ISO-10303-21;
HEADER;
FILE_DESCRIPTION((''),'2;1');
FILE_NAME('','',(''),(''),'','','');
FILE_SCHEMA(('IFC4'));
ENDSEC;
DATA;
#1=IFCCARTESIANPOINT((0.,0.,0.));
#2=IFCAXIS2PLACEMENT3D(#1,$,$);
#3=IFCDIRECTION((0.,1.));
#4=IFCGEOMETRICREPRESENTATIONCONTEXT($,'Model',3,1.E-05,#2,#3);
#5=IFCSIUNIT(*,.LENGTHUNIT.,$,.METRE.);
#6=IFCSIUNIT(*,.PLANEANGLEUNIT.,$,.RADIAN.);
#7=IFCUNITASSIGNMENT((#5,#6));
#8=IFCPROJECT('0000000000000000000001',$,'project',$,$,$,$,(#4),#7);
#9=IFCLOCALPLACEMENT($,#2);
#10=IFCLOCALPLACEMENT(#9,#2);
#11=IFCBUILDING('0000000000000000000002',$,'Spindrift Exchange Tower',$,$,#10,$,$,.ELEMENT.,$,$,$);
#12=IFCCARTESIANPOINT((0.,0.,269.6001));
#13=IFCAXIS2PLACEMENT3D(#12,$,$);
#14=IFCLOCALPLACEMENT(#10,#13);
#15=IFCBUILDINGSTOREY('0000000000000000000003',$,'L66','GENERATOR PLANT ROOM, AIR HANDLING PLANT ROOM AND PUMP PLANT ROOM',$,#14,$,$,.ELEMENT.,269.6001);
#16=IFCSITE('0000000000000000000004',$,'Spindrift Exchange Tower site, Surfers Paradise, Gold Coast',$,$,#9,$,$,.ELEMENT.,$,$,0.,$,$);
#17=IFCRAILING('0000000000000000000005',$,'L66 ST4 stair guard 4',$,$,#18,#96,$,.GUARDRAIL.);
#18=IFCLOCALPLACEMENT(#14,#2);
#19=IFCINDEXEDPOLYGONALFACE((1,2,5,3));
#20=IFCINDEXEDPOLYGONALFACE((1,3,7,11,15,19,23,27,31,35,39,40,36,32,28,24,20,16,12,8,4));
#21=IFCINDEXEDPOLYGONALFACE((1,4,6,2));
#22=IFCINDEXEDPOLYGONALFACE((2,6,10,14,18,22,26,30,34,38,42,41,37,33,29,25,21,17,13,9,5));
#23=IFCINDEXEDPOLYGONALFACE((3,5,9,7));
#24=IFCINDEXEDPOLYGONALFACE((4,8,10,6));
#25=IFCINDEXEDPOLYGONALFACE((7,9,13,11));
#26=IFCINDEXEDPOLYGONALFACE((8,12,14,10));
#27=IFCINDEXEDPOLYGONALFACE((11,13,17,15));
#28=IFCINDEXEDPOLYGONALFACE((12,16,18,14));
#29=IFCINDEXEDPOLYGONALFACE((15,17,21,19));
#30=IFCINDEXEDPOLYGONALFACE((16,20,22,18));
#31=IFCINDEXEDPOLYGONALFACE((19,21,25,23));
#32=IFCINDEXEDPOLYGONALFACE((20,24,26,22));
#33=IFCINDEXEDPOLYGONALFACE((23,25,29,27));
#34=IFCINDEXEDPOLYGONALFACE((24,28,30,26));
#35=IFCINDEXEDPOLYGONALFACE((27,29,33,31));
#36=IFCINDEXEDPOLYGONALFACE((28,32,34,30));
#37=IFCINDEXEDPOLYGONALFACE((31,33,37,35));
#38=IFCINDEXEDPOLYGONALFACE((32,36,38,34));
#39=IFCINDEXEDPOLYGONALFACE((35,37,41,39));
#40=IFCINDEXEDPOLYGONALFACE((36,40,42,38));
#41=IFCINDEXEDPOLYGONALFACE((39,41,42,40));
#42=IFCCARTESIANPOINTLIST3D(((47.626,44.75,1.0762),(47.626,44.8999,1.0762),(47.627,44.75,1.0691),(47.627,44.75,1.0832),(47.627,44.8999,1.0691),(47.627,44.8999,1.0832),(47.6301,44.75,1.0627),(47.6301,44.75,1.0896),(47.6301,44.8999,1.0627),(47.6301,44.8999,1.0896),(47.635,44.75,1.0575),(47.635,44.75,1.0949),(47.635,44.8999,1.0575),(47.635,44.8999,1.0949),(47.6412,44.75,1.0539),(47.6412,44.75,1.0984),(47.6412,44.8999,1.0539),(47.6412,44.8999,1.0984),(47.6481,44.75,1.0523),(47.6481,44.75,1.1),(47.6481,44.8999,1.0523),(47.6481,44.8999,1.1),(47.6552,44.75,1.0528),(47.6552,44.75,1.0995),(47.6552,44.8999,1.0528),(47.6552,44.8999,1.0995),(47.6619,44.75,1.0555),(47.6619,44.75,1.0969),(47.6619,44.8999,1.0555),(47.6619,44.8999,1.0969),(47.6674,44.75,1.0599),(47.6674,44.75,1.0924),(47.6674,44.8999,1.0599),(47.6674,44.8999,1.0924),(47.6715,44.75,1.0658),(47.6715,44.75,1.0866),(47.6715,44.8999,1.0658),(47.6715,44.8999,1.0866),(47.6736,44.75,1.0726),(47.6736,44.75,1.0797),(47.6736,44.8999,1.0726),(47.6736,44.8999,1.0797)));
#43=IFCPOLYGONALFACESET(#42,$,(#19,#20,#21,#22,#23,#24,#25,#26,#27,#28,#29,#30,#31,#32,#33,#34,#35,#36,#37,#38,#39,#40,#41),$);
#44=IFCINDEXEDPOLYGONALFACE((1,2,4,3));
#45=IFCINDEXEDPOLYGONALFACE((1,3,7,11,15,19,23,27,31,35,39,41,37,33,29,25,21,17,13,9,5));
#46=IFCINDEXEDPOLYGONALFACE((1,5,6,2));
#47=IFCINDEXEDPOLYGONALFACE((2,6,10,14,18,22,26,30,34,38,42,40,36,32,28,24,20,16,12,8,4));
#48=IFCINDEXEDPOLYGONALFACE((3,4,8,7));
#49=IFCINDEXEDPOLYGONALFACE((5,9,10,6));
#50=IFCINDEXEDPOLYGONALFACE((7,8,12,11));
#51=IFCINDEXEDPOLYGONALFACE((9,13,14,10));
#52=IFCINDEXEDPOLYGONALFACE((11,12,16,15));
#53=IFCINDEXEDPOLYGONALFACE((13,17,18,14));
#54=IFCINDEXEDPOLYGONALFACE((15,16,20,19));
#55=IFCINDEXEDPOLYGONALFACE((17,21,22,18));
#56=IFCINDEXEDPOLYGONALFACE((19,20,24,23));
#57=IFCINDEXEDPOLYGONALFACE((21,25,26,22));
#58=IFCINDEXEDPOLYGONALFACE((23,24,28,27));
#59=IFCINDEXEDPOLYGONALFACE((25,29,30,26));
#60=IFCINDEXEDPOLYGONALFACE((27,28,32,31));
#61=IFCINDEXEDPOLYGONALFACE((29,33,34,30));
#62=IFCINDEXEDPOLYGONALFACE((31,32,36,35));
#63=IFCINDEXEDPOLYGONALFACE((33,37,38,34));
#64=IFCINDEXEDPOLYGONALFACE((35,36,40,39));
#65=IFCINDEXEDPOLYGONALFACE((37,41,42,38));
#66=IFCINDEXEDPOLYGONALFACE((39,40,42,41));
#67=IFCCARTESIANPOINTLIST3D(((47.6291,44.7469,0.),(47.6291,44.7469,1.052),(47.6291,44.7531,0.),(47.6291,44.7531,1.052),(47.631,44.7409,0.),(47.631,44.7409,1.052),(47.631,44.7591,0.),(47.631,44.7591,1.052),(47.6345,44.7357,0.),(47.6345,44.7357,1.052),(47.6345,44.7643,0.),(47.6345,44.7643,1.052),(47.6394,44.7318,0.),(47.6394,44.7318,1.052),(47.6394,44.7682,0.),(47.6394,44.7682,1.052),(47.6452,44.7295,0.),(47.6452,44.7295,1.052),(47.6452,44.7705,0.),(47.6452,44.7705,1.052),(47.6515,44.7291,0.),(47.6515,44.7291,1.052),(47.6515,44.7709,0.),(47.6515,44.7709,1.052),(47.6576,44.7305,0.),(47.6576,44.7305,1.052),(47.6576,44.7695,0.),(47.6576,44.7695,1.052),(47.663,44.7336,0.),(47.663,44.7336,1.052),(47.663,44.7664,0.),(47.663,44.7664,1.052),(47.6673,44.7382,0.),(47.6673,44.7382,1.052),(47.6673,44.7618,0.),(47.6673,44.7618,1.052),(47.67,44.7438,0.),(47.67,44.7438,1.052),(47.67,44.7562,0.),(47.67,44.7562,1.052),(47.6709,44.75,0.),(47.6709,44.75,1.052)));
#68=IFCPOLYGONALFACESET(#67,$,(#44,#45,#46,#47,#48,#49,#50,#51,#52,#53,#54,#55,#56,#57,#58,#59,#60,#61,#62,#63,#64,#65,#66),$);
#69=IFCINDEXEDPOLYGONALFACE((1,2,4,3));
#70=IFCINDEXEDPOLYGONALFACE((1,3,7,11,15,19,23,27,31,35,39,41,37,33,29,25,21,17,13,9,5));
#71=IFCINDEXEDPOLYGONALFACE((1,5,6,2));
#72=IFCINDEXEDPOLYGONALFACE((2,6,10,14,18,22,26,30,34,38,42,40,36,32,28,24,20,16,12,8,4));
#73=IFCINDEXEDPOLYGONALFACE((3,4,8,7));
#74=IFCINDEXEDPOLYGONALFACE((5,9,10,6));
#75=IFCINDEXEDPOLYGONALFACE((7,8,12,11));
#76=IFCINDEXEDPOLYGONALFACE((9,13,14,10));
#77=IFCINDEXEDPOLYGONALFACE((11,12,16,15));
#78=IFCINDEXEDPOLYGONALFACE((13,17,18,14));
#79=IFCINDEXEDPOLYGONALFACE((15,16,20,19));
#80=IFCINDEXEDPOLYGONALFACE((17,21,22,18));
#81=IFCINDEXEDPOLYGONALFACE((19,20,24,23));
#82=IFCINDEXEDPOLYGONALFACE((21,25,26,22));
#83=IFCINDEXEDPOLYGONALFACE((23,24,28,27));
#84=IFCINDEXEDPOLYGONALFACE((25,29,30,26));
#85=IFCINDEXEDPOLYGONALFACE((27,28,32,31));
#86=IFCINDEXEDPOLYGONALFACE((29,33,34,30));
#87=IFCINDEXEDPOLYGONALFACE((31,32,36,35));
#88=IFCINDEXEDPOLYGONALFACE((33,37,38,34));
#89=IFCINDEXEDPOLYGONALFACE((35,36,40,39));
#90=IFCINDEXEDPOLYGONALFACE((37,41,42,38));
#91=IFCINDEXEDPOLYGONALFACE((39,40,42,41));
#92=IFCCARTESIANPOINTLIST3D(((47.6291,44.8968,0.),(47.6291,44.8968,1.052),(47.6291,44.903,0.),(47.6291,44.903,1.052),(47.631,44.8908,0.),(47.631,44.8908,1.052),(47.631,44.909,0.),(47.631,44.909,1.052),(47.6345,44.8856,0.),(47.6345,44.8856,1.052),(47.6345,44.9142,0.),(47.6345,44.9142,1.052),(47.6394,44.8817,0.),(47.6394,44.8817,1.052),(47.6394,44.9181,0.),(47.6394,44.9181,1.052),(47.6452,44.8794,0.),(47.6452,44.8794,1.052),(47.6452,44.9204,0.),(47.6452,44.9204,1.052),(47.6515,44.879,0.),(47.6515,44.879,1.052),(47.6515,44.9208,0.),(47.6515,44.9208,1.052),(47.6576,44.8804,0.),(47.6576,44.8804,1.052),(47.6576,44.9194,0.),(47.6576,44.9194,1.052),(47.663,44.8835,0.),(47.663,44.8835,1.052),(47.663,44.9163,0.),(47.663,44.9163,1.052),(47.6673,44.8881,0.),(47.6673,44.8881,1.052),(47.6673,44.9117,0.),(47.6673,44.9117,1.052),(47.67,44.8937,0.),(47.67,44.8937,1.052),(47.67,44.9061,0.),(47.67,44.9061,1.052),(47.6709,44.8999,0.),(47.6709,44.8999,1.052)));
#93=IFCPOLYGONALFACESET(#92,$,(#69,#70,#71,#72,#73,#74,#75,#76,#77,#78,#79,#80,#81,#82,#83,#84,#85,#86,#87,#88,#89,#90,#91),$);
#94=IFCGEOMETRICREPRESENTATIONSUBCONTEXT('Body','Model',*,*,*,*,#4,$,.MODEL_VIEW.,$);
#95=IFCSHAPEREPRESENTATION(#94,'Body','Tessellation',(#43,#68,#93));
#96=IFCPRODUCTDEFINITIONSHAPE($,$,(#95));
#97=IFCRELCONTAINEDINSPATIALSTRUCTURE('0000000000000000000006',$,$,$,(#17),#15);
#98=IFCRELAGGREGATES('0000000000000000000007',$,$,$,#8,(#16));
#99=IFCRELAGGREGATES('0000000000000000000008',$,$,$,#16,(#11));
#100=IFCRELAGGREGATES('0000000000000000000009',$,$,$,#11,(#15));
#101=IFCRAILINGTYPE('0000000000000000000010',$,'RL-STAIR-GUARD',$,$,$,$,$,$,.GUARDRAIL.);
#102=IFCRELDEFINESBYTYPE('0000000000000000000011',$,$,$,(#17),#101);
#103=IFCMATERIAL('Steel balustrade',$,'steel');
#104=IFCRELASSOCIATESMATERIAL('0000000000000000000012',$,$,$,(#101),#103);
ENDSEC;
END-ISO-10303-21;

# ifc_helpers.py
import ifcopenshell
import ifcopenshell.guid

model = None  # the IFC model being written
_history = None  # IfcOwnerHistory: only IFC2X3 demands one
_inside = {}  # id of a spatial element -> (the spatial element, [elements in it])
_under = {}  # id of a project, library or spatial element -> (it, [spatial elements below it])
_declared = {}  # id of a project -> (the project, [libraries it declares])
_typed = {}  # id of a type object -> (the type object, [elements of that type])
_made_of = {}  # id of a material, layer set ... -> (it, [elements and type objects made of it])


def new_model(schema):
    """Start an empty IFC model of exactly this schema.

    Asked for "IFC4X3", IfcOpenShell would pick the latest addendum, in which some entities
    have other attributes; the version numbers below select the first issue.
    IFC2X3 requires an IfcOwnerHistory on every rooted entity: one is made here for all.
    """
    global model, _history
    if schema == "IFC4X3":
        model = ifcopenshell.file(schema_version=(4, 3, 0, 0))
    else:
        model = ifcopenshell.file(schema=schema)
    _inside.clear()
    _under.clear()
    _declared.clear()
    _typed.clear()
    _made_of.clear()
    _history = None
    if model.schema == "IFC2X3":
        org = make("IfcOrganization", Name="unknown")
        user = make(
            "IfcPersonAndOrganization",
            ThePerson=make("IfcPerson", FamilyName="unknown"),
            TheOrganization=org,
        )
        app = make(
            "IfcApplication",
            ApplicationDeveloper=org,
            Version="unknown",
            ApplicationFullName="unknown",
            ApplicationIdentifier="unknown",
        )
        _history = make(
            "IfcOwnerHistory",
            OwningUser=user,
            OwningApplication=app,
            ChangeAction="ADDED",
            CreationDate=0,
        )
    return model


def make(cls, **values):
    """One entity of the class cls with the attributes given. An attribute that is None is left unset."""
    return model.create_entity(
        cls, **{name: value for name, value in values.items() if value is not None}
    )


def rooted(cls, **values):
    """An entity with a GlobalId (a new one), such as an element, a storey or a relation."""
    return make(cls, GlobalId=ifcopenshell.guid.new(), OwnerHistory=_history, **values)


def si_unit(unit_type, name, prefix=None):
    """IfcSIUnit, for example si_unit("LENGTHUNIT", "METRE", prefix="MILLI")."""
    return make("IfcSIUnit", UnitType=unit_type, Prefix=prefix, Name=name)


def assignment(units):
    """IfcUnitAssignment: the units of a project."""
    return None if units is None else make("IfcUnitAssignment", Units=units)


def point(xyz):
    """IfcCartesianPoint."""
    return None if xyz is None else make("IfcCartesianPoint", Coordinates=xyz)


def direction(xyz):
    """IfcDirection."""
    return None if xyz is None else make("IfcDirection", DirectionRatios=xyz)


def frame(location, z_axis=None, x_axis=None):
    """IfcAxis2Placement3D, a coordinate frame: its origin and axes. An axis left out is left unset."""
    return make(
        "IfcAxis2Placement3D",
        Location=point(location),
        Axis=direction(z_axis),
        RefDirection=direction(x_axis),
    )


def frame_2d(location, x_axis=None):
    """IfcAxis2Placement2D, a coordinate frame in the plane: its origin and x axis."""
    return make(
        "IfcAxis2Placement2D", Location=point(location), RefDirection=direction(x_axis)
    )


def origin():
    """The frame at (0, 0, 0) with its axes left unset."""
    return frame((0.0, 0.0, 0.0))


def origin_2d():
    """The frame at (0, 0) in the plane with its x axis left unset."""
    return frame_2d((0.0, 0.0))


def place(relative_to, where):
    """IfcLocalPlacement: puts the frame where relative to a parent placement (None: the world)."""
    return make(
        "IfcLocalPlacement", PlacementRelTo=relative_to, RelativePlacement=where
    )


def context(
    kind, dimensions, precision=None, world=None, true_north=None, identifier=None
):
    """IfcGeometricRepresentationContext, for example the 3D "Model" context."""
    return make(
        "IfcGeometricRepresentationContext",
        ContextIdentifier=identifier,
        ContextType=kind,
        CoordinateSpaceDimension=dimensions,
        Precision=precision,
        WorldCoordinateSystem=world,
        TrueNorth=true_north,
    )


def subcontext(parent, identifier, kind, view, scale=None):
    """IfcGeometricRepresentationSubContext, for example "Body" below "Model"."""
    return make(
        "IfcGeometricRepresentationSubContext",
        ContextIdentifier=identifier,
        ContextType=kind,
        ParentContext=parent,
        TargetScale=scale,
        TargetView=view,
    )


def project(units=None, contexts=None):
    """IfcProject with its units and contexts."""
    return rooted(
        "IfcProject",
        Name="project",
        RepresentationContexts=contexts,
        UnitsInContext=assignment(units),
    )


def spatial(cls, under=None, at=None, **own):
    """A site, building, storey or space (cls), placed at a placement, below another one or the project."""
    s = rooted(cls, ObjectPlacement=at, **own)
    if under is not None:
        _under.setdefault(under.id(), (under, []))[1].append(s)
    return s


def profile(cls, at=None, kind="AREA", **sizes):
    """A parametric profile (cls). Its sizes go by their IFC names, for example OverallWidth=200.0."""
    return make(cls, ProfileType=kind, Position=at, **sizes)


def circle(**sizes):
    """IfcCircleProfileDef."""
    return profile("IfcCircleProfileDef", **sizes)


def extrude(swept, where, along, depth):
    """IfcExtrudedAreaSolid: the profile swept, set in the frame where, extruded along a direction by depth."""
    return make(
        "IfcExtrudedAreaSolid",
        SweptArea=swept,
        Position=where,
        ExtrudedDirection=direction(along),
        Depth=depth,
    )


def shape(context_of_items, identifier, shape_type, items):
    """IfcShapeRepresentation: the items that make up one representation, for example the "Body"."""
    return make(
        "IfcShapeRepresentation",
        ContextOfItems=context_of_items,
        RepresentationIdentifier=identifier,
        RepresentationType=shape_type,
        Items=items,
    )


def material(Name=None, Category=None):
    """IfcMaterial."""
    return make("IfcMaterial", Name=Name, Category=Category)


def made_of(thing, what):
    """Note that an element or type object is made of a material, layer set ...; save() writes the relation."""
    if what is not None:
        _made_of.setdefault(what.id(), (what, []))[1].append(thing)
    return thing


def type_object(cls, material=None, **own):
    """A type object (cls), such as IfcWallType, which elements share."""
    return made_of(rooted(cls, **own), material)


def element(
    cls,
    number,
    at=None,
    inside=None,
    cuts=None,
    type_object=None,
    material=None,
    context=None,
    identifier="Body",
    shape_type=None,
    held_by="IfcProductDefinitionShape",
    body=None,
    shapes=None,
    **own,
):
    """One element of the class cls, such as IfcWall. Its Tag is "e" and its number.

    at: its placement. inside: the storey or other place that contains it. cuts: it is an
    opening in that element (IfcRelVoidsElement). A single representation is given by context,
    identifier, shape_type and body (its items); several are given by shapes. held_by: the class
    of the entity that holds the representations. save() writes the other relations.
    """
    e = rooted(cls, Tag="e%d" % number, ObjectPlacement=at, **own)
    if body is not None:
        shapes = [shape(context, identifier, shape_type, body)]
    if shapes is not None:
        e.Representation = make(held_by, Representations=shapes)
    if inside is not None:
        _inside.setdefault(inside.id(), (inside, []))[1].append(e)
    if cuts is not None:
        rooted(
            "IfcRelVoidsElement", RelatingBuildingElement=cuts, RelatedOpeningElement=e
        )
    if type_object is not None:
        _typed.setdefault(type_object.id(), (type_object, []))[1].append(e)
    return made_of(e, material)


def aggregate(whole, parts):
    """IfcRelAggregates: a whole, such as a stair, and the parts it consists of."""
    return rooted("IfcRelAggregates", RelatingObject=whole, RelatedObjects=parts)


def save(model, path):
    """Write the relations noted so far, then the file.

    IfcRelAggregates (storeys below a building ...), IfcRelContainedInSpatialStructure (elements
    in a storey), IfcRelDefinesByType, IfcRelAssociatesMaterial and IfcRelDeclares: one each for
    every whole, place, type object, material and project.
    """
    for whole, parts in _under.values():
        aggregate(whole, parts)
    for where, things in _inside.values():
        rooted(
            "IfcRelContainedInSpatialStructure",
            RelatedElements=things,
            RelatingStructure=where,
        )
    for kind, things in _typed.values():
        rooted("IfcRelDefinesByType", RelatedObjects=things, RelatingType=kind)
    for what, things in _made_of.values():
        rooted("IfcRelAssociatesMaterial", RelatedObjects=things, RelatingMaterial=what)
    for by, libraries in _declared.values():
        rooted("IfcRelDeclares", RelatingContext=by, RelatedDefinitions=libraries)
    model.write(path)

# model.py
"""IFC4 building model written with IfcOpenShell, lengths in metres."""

from ifc_helpers import new_model, si_unit, direction, frame, origin, origin_2d, place, context, subcontext, project, spatial, circle, extrude, material, type_object, element, save


model = new_model("IFC4")

# Units and contexts
model_context = context("Model", 3, precision=1e-05, world=origin(), true_north=direction((0.0, 1.0)))
body_context = subcontext(model_context, "Body", "Model", "MODEL_VIEW")
ifc_project = project(units=[si_unit("LENGTHUNIT", "METRE"), si_unit("PLANEANGLEUNIT", "RADIAN")], contexts=[model_context])

# Site, building, storey
site_placement = place(None, origin())
site = spatial("IfcSite", under=ifc_project, at=site_placement, Name="Spindrift Exchange Tower site, Surfers Paradise, Gold Coast", CompositionType="ELEMENT", RefElevation=0.0)
building_placement = place(site_placement, origin())
building = spatial("IfcBuilding", under=site, at=building_placement, Name="Spindrift Exchange Tower", CompositionType="ELEMENT")
storey_placement = place(building_placement, frame((0.0, 0.0, 269.6001)))
storey = spatial("IfcBuildingStorey", under=building, at=storey_placement, Name="L66", Description="GENERATOR PLANT ROOM, AIR HANDLING PLANT ROOM AND PUMP PLANT ROOM", CompositionType="ELEMENT", Elevation=269.6001)

# Railing
ifc_material_1 = material(Name="Steel balustrade", Category="steel")
railing_type_1 = type_object("IfcRailingType", Name="RL-STAIR-GUARD", PredefinedType="GUARDRAIL", material=ifc_material_1)
railing_1_placement = place(storey_placement, frame((47.6499, 44.75, 0.0)))
element("IfcRailing", 1, at=railing_1_placement, inside=storey, type_object=railing_type_1, Name="L66 ST4 stair guard 4", PredefinedType="GUARDRAIL", context=body_context, shape_type="SweptSolid", body=[
    extrude(circle(Radius=0.0239, at=origin_2d()), frame((0.0, 0.0, 1.0762), z_axis=(0.0, 1.0, 0.0), x_axis=(-1.0, 0.0, 0.0)), (0.0, 0.0, 1.0), 0.1499),
    extrude(circle(Radius=0.021, at=origin_2d()), origin(), (0.0, 0.0, 1.0), 1.052),
    extrude(circle(Radius=0.021, at=origin_2d()), frame((0.0, 0.1499, 0.0)), (0.0, 0.0, 1.0), 1.052),
])

save(model, "model.ifc")
